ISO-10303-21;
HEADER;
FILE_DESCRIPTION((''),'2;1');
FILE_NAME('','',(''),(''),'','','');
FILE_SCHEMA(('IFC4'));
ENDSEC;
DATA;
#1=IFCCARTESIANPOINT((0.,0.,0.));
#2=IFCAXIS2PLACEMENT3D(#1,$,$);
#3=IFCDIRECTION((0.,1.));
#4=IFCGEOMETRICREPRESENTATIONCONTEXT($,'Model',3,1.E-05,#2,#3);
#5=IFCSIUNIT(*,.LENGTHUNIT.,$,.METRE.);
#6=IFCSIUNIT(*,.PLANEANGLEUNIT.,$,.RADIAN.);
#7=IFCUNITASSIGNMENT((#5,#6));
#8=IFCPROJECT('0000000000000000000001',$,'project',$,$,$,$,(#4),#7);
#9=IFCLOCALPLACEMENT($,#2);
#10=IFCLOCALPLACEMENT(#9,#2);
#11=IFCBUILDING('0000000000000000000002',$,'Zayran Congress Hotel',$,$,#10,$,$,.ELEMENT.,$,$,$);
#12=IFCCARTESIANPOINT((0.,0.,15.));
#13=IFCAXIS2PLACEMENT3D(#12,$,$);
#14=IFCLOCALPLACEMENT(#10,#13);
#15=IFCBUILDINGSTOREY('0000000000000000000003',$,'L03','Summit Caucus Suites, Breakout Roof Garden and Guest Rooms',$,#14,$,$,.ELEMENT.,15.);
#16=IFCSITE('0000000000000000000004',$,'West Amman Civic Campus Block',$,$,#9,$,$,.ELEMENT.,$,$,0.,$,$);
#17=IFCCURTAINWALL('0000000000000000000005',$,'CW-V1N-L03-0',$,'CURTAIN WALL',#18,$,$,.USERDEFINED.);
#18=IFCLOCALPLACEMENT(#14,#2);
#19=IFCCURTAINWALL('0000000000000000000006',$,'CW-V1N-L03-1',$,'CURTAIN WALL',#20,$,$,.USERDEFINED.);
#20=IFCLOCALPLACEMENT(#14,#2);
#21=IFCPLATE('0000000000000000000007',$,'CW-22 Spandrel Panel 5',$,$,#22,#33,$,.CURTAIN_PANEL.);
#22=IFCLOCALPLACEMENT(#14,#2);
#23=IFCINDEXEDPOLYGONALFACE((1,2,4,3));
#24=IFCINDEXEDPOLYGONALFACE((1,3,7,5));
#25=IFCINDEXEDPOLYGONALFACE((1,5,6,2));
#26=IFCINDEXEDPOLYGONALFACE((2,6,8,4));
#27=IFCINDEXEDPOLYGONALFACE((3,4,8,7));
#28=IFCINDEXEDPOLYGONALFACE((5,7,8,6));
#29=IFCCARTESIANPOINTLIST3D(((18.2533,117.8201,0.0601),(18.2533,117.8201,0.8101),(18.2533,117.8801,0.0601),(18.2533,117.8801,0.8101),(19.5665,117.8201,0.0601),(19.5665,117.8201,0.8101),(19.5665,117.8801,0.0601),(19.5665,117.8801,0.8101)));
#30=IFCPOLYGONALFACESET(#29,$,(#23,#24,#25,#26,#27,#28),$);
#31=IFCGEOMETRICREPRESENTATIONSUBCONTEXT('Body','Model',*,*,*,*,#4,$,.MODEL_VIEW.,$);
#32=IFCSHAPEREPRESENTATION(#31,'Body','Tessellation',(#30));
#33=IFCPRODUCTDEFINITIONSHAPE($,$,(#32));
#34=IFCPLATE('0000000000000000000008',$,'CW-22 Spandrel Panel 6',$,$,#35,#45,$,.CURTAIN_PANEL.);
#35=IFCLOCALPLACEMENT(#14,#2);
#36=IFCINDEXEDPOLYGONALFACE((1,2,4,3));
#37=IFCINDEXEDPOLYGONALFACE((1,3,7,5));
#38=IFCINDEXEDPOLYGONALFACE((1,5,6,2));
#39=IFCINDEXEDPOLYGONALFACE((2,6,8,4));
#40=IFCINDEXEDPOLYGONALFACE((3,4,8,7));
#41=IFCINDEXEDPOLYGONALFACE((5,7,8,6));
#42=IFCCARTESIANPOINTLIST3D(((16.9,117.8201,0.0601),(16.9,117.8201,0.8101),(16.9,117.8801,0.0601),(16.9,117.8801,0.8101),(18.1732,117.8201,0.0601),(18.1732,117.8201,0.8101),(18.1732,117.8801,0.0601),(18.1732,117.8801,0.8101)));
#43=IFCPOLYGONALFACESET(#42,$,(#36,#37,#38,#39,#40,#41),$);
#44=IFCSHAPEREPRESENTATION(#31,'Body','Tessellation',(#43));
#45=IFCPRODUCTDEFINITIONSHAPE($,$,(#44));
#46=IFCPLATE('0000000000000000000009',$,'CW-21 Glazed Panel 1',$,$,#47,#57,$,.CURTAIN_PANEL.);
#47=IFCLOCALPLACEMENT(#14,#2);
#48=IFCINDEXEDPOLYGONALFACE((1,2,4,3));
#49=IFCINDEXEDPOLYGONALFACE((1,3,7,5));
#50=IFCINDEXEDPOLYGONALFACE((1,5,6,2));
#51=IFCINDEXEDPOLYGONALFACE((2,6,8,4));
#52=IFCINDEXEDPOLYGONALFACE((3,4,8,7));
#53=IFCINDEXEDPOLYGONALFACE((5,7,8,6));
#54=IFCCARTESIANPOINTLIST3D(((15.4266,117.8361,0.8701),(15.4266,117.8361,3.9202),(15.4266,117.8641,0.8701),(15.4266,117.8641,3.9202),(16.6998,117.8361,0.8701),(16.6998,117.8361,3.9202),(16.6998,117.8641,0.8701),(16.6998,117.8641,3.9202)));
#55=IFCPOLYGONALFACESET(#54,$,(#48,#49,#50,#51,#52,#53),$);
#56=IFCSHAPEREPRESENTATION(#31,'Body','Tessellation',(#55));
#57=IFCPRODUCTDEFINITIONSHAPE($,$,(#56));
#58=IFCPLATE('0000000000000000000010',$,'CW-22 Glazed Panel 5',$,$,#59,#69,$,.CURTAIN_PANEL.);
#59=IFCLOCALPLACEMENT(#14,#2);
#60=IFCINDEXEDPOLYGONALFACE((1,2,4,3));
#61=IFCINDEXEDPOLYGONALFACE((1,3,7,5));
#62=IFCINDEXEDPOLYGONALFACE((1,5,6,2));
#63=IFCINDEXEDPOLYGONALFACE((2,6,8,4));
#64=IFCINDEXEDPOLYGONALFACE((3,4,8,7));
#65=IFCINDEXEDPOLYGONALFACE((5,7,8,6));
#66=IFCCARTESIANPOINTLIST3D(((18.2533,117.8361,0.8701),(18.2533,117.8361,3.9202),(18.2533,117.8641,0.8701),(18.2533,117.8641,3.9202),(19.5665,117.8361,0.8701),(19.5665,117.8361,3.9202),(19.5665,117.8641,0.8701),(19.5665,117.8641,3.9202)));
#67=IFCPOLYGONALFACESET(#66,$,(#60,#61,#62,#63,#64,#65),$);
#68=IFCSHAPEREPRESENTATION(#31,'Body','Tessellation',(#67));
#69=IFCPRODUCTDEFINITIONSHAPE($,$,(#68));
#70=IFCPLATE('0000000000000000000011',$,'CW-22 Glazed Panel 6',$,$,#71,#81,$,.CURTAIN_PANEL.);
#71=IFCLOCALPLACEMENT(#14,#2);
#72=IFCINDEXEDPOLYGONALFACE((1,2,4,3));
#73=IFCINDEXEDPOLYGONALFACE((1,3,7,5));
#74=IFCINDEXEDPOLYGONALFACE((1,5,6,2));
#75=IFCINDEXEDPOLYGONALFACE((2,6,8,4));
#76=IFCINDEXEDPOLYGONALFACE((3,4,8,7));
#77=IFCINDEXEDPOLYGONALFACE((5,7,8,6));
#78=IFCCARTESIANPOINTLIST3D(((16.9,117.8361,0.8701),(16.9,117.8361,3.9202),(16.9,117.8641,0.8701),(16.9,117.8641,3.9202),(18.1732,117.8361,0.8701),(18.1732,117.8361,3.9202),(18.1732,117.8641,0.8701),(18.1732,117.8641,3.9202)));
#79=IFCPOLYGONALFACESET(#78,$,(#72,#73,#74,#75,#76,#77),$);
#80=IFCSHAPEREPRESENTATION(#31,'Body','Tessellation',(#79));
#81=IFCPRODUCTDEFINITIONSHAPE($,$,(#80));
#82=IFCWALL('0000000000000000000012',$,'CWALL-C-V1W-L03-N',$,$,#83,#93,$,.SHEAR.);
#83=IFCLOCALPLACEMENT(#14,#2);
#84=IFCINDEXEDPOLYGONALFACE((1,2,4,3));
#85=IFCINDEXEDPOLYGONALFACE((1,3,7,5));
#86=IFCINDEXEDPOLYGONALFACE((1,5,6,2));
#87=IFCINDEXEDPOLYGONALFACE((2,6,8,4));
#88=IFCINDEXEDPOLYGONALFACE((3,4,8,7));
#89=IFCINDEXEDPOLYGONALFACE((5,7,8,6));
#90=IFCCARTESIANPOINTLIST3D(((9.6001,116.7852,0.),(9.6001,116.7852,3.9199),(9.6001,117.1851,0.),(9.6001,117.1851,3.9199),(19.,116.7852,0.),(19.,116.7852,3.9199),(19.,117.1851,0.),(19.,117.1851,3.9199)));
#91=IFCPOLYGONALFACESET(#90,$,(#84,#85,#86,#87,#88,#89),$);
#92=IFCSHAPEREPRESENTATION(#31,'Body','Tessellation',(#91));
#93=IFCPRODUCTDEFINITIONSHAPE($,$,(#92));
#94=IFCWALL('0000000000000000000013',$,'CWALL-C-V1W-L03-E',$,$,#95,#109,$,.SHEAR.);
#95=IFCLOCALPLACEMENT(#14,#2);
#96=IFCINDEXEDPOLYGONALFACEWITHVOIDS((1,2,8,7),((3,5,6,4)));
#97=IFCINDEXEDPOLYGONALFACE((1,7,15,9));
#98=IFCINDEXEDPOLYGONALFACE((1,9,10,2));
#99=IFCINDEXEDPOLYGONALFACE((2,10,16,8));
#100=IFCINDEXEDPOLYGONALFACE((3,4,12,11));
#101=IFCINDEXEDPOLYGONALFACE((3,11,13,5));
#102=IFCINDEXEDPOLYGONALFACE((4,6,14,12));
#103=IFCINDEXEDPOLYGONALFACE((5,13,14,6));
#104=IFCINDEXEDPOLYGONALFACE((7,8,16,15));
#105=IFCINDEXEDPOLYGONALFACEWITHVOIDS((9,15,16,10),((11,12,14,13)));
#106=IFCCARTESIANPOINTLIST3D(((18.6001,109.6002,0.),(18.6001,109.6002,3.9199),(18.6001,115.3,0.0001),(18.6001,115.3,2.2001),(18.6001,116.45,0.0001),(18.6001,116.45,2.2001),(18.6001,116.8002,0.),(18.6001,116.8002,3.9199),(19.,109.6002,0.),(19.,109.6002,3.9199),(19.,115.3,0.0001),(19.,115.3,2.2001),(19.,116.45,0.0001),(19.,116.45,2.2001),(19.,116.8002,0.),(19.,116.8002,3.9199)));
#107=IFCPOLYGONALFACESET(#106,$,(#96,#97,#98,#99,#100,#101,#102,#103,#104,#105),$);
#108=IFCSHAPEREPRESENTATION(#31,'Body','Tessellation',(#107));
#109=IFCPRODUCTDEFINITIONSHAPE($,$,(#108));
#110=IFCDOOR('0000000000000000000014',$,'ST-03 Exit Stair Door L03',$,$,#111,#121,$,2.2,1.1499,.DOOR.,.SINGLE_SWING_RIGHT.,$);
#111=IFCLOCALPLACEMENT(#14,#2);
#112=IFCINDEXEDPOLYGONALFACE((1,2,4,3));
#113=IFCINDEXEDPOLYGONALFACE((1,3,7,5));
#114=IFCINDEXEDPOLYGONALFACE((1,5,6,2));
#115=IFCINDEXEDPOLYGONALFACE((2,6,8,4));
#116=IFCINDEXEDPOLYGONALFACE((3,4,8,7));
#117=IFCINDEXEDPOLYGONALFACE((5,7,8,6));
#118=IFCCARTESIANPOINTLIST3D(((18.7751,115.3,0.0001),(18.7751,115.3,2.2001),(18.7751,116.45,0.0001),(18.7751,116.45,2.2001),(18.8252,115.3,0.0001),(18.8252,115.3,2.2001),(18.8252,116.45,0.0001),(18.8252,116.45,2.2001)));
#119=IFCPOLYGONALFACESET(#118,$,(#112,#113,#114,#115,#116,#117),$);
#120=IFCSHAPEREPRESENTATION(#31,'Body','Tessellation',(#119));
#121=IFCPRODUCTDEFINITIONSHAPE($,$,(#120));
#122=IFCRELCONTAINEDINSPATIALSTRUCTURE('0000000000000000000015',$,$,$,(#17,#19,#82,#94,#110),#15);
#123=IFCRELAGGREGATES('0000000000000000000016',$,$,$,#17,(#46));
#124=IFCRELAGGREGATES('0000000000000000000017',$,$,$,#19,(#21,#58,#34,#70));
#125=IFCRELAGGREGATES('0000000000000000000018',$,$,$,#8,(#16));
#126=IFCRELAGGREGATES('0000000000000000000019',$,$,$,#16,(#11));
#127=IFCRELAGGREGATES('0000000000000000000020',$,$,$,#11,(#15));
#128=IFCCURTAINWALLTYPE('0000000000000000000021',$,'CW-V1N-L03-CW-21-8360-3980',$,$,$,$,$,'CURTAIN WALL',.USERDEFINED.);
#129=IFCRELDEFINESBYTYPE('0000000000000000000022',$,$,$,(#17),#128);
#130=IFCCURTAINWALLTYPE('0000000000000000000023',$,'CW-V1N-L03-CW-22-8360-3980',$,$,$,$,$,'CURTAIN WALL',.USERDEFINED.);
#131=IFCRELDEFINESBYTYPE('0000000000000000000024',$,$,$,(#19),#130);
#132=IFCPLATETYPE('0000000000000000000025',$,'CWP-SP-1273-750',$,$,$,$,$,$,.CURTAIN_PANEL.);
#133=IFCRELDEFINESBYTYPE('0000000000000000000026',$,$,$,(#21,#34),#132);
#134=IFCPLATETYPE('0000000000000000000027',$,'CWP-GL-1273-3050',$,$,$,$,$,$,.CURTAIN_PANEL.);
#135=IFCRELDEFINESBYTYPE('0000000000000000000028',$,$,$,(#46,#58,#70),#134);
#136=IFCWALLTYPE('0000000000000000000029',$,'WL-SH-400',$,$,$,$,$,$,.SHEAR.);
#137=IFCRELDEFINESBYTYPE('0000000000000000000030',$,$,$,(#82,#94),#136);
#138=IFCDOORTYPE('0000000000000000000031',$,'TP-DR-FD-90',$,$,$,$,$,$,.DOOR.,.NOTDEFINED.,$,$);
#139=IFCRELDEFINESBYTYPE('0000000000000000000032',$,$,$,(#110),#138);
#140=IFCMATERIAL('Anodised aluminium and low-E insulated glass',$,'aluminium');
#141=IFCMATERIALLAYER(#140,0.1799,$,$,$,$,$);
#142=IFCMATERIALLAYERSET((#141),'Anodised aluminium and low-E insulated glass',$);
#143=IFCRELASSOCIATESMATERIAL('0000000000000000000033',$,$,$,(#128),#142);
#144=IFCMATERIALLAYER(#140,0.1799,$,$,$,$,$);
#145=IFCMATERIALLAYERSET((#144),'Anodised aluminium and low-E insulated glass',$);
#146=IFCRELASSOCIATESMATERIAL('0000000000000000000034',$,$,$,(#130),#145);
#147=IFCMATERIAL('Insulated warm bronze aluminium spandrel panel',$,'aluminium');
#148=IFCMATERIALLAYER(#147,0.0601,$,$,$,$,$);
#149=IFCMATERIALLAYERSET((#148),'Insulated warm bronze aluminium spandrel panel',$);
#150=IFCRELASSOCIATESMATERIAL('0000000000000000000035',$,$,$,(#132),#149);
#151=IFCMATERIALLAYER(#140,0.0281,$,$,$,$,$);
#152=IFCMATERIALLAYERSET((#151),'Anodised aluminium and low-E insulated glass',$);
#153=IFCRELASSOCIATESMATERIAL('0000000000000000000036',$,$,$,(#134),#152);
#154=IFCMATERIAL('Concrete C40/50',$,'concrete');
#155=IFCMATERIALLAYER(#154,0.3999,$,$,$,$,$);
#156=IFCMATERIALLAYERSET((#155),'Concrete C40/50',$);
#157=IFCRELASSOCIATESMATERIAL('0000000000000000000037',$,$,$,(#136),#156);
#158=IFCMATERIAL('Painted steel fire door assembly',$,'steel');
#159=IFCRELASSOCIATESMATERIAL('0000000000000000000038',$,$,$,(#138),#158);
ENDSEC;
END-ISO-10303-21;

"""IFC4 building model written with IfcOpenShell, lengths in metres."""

from ifc_helpers import new_model, si_unit, direction, frame, frame_2d, origin, origin_2d, place, context, subcontext, project, spatial, rectangle, extrude, material, layer, layer_set, type_object, element, fill, aggregate, save


model = new_model("IFC4")

# Units and contexts
model_context = context("Model", 3, precision=1e-05, world=origin(), true_north=direction((0.0, 1.0)))
body_context = subcontext(model_context, "Body", "Model", "MODEL_VIEW")
ifc_project = project(units=[si_unit("LENGTHUNIT", "METRE"), si_unit("PLANEANGLEUNIT", "RADIAN")], contexts=[model_context])

# Site, building, storey
site_placement = place(None, origin())
site = spatial("IfcSite", under=ifc_project, at=site_placement, Name="West Amman Civic Campus Block", CompositionType="ELEMENT", RefElevation=0.0)
building_placement = place(site_placement, origin())
building = spatial("IfcBuilding", under=site, at=building_placement, Name="Zayran Congress Hotel", CompositionType="ELEMENT")
storey_placement = place(building_placement, frame((0.0, 0.0, 15.0)))
storey = spatial("IfcBuildingStorey", under=building, at=storey_placement, Name="L03", Description="Summit Caucus Suites, Breakout Roof Garden and Guest Rooms", CompositionType="ELEMENT", Elevation=15.0)

# Curtain wall
ifc_material_1 = material(Name="Anodised aluminium and low-E insulated glass", Category="aluminium")
ifc_layer_1 = layer(ifc_material_1, 0.1799)
ifc_layer_set_1 = layer_set([ifc_layer_1], Name="Anodised aluminium and low-E insulated glass")
curtain_wall_type_1 = type_object("IfcCurtainWallType", Name="CW-V1N-L03-CW-21-8360-3980", ElementType="CURTAIN WALL", PredefinedType="USERDEFINED", material=ifc_layer_set_1)
curtain_wall_1_placement = place(storey_placement, origin())
curtain_wall_1 = element("IfcCurtainWall", 1, at=curtain_wall_1_placement, inside=storey, type_object=curtain_wall_type_1, Name="CW-V1N-L03-0", ObjectType="CURTAIN WALL", PredefinedType="USERDEFINED")

# Curtain wall
ifc_layer_2 = layer(ifc_material_1, 0.1799)
ifc_layer_set_2 = layer_set([ifc_layer_2], Name="Anodised aluminium and low-E insulated glass")
curtain_wall_type_2 = type_object("IfcCurtainWallType", Name="CW-V1N-L03-CW-22-8360-3980", ElementType="CURTAIN WALL", PredefinedType="USERDEFINED", material=ifc_layer_set_2)
curtain_wall_2_placement = place(storey_placement, origin())
curtain_wall_2 = element("IfcCurtainWall", 2, at=curtain_wall_2_placement, inside=storey, type_object=curtain_wall_type_2, Name="CW-V1N-L03-1", ObjectType="CURTAIN WALL", PredefinedType="USERDEFINED")

# Plates
ifc_material_2 = material(Name="Insulated warm bronze aluminium spandrel panel", Category="aluminium")
ifc_layer_3 = layer(ifc_material_2, 0.0601)
ifc_layer_set_3 = layer_set([ifc_layer_3], Name="Insulated warm bronze aluminium spandrel panel")
plate_type_1 = type_object("IfcPlateType", Name="CWP-SP-1273-750", PredefinedType="CURTAIN_PANEL", material=ifc_layer_set_3)
plate_1_placement = place(storey_placement, frame((18.9099, 117.8501, 0.0601), z_axis=(0.0, 0.0, 1.0), x_axis=(1.0, 0.0, 0.0)))
plate_1 = element("IfcPlate", 3, at=plate_1_placement, type_object=plate_type_1, Name="CW-22 Spandrel Panel 5", PredefinedType="CURTAIN_PANEL", context=body_context, shape_type="SweptSolid", body=[
    extrude(rectangle(XDim=1.3132, YDim=0.0601, at=origin_2d()), origin(), (0.0, 0.0, 1.0), 0.75),
])
plate_2_placement = place(storey_placement, frame((17.5366, 117.8501, 0.0601), z_axis=(0.0, 0.0, 1.0), x_axis=(1.0, 0.0, 0.0)))
plate_2 = element("IfcPlate", 4, at=plate_2_placement, type_object=plate_type_1, Name="CW-22 Spandrel Panel 6", PredefinedType="CURTAIN_PANEL", context=body_context, shape_type="SweptSolid", body=[
    extrude(rectangle(XDim=1.2732, YDim=0.0601, at=origin_2d()), origin(), (0.0, 0.0, 1.0), 0.75),
])
ifc_layer_4 = layer(ifc_material_1, 0.0281)
ifc_layer_set_4 = layer_set([ifc_layer_4], Name="Anodised aluminium and low-E insulated glass")
plate_type_2 = type_object("IfcPlateType", Name="CWP-GL-1273-3050", PredefinedType="CURTAIN_PANEL", material=ifc_layer_set_4)
plate_3_placement = place(storey_placement, frame((16.0632, 117.8501, 0.8701), z_axis=(0.0, 0.0, 1.0), x_axis=(1.0, 0.0, 0.0)))
plate_3 = element("IfcPlate", 5, at=plate_3_placement, type_object=plate_type_2, Name="CW-21 Glazed Panel 1", PredefinedType="CURTAIN_PANEL", context=body_context, shape_type="SweptSolid", body=[
    extrude(rectangle(XDim=1.2732, YDim=0.0281, at=origin_2d()), origin(), (0.0, 0.0, 1.0), 3.05),
])
aggregate(curtain_wall_1, [plate_3])
plate_4_placement = place(storey_placement, frame((18.9099, 117.8501, 0.8701), z_axis=(0.0, 0.0, 1.0), x_axis=(1.0, 0.0, 0.0)))
plate_4 = element("IfcPlate", 6, at=plate_4_placement, type_object=plate_type_2, Name="CW-22 Glazed Panel 5", PredefinedType="CURTAIN_PANEL", context=body_context, shape_type="SweptSolid", body=[
    extrude(rectangle(XDim=1.3132, YDim=0.0281, at=origin_2d()), origin(), (0.0, 0.0, 1.0), 3.05),
])
plate_5_placement = place(storey_placement, frame((17.5366, 117.8501, 0.8701), z_axis=(0.0, 0.0, 1.0), x_axis=(1.0, 0.0, 0.0)))
plate_5 = element("IfcPlate", 7, at=plate_5_placement, type_object=plate_type_2, Name="CW-22 Glazed Panel 6", PredefinedType="CURTAIN_PANEL", context=body_context, shape_type="SweptSolid", body=[
    extrude(rectangle(XDim=1.2732, YDim=0.0281, at=origin_2d()), origin(), (0.0, 0.0, 1.0), 3.05),
])
aggregate(curtain_wall_2, [plate_1, plate_4, plate_2, plate_5])

# Wall
ifc_material_3 = material(Name="Concrete C40/50", Category="concrete")
ifc_layer_5 = layer(ifc_material_3, 0.3999)
ifc_layer_set_5 = layer_set([ifc_layer_5], Name="Concrete C40/50")
wall_type = type_object("IfcWallType", Name="WL-SH-400", PredefinedType="SHEAR", material=ifc_layer_set_5)
wall_1_placement = place(storey_placement, frame((19.0, 116.9851, 0.0), z_axis=(0.0, 0.0, 1.0), x_axis=(-1.0, 0.0, 0.0)))
element("IfcWall", 8, at=wall_1_placement, inside=storey, type_object=wall_type, Name="CWALL-C-V1W-L03-N", PredefinedType="SHEAR", context=body_context, shape_type="SweptSolid", body=[
    extrude(rectangle(XDim=9.3999, YDim=0.3999, at=frame_2d((4.7, 0.0))), origin(), (0.0, 0.0, 1.0), 3.9199),
])

# Wall, opening, door
wall_2_placement = place(storey_placement, frame((18.8, 109.6001, 0.0), z_axis=(0.0, 0.0, 1.0), x_axis=(0.0, 1.0, 0.0)))
wall_2 = element("IfcWall", 9, at=wall_2_placement, inside=storey, type_object=wall_type, Name="CWALL-C-V1W-L03-E", PredefinedType="SHEAR", context=body_context, shape_type="SweptSolid", body=[
    extrude(rectangle(XDim=7.2, YDim=0.3999, at=frame_2d((3.6001, 0.0))), origin(), (0.0, 0.0, 1.0), 3.9199),
])
opening_placement = place(wall_2_placement, frame((5.7, 0.0, 0.0)))
opening = element("IfcOpeningElement", 10, at=opening_placement, cuts=wall_2, PredefinedType="OPENING", context=body_context, shape_type="SweptSolid", body=[
    extrude(rectangle(XDim=1.1499, YDim=2.2, at=frame_2d((0.575, 1.1001))), frame((0.0, 0.21, 0.0), z_axis=(0.0, -1.0, 0.0), x_axis=(1.0, 0.0, 0.0)), (0.0, 0.0, 1.0), 0.4199),
])
ifc_material_4 = material(Name="Painted steel fire door assembly", Category="steel")
door_type = type_object("IfcDoorType", Name="TP-DR-FD-90", OperationType="NOTDEFINED", PredefinedType="DOOR", material=ifc_material_4)
door_placement = place(opening_placement, origin())
door = element("IfcDoor", 11, at=door_placement, inside=storey, type_object=door_type, Name="ST-03 Exit Stair Door L03", OperationType="SINGLE_SWING_RIGHT", OverallHeight=2.2, OverallWidth=1.1499, PredefinedType="DOOR", context=body_context, shape_type="SweptSolid", body=[
    extrude(rectangle(XDim=1.1499, YDim=2.2, at=frame_2d((0.575, 1.1001))), frame((0.0, 0.0249, 0.0), z_axis=(0.0, -1.0, 0.0), x_axis=(1.0, 0.0, 0.0)), (0.0, 0.0, 1.0), 0.05),
])
fill(opening, door)

save(model, "model.ifc")
